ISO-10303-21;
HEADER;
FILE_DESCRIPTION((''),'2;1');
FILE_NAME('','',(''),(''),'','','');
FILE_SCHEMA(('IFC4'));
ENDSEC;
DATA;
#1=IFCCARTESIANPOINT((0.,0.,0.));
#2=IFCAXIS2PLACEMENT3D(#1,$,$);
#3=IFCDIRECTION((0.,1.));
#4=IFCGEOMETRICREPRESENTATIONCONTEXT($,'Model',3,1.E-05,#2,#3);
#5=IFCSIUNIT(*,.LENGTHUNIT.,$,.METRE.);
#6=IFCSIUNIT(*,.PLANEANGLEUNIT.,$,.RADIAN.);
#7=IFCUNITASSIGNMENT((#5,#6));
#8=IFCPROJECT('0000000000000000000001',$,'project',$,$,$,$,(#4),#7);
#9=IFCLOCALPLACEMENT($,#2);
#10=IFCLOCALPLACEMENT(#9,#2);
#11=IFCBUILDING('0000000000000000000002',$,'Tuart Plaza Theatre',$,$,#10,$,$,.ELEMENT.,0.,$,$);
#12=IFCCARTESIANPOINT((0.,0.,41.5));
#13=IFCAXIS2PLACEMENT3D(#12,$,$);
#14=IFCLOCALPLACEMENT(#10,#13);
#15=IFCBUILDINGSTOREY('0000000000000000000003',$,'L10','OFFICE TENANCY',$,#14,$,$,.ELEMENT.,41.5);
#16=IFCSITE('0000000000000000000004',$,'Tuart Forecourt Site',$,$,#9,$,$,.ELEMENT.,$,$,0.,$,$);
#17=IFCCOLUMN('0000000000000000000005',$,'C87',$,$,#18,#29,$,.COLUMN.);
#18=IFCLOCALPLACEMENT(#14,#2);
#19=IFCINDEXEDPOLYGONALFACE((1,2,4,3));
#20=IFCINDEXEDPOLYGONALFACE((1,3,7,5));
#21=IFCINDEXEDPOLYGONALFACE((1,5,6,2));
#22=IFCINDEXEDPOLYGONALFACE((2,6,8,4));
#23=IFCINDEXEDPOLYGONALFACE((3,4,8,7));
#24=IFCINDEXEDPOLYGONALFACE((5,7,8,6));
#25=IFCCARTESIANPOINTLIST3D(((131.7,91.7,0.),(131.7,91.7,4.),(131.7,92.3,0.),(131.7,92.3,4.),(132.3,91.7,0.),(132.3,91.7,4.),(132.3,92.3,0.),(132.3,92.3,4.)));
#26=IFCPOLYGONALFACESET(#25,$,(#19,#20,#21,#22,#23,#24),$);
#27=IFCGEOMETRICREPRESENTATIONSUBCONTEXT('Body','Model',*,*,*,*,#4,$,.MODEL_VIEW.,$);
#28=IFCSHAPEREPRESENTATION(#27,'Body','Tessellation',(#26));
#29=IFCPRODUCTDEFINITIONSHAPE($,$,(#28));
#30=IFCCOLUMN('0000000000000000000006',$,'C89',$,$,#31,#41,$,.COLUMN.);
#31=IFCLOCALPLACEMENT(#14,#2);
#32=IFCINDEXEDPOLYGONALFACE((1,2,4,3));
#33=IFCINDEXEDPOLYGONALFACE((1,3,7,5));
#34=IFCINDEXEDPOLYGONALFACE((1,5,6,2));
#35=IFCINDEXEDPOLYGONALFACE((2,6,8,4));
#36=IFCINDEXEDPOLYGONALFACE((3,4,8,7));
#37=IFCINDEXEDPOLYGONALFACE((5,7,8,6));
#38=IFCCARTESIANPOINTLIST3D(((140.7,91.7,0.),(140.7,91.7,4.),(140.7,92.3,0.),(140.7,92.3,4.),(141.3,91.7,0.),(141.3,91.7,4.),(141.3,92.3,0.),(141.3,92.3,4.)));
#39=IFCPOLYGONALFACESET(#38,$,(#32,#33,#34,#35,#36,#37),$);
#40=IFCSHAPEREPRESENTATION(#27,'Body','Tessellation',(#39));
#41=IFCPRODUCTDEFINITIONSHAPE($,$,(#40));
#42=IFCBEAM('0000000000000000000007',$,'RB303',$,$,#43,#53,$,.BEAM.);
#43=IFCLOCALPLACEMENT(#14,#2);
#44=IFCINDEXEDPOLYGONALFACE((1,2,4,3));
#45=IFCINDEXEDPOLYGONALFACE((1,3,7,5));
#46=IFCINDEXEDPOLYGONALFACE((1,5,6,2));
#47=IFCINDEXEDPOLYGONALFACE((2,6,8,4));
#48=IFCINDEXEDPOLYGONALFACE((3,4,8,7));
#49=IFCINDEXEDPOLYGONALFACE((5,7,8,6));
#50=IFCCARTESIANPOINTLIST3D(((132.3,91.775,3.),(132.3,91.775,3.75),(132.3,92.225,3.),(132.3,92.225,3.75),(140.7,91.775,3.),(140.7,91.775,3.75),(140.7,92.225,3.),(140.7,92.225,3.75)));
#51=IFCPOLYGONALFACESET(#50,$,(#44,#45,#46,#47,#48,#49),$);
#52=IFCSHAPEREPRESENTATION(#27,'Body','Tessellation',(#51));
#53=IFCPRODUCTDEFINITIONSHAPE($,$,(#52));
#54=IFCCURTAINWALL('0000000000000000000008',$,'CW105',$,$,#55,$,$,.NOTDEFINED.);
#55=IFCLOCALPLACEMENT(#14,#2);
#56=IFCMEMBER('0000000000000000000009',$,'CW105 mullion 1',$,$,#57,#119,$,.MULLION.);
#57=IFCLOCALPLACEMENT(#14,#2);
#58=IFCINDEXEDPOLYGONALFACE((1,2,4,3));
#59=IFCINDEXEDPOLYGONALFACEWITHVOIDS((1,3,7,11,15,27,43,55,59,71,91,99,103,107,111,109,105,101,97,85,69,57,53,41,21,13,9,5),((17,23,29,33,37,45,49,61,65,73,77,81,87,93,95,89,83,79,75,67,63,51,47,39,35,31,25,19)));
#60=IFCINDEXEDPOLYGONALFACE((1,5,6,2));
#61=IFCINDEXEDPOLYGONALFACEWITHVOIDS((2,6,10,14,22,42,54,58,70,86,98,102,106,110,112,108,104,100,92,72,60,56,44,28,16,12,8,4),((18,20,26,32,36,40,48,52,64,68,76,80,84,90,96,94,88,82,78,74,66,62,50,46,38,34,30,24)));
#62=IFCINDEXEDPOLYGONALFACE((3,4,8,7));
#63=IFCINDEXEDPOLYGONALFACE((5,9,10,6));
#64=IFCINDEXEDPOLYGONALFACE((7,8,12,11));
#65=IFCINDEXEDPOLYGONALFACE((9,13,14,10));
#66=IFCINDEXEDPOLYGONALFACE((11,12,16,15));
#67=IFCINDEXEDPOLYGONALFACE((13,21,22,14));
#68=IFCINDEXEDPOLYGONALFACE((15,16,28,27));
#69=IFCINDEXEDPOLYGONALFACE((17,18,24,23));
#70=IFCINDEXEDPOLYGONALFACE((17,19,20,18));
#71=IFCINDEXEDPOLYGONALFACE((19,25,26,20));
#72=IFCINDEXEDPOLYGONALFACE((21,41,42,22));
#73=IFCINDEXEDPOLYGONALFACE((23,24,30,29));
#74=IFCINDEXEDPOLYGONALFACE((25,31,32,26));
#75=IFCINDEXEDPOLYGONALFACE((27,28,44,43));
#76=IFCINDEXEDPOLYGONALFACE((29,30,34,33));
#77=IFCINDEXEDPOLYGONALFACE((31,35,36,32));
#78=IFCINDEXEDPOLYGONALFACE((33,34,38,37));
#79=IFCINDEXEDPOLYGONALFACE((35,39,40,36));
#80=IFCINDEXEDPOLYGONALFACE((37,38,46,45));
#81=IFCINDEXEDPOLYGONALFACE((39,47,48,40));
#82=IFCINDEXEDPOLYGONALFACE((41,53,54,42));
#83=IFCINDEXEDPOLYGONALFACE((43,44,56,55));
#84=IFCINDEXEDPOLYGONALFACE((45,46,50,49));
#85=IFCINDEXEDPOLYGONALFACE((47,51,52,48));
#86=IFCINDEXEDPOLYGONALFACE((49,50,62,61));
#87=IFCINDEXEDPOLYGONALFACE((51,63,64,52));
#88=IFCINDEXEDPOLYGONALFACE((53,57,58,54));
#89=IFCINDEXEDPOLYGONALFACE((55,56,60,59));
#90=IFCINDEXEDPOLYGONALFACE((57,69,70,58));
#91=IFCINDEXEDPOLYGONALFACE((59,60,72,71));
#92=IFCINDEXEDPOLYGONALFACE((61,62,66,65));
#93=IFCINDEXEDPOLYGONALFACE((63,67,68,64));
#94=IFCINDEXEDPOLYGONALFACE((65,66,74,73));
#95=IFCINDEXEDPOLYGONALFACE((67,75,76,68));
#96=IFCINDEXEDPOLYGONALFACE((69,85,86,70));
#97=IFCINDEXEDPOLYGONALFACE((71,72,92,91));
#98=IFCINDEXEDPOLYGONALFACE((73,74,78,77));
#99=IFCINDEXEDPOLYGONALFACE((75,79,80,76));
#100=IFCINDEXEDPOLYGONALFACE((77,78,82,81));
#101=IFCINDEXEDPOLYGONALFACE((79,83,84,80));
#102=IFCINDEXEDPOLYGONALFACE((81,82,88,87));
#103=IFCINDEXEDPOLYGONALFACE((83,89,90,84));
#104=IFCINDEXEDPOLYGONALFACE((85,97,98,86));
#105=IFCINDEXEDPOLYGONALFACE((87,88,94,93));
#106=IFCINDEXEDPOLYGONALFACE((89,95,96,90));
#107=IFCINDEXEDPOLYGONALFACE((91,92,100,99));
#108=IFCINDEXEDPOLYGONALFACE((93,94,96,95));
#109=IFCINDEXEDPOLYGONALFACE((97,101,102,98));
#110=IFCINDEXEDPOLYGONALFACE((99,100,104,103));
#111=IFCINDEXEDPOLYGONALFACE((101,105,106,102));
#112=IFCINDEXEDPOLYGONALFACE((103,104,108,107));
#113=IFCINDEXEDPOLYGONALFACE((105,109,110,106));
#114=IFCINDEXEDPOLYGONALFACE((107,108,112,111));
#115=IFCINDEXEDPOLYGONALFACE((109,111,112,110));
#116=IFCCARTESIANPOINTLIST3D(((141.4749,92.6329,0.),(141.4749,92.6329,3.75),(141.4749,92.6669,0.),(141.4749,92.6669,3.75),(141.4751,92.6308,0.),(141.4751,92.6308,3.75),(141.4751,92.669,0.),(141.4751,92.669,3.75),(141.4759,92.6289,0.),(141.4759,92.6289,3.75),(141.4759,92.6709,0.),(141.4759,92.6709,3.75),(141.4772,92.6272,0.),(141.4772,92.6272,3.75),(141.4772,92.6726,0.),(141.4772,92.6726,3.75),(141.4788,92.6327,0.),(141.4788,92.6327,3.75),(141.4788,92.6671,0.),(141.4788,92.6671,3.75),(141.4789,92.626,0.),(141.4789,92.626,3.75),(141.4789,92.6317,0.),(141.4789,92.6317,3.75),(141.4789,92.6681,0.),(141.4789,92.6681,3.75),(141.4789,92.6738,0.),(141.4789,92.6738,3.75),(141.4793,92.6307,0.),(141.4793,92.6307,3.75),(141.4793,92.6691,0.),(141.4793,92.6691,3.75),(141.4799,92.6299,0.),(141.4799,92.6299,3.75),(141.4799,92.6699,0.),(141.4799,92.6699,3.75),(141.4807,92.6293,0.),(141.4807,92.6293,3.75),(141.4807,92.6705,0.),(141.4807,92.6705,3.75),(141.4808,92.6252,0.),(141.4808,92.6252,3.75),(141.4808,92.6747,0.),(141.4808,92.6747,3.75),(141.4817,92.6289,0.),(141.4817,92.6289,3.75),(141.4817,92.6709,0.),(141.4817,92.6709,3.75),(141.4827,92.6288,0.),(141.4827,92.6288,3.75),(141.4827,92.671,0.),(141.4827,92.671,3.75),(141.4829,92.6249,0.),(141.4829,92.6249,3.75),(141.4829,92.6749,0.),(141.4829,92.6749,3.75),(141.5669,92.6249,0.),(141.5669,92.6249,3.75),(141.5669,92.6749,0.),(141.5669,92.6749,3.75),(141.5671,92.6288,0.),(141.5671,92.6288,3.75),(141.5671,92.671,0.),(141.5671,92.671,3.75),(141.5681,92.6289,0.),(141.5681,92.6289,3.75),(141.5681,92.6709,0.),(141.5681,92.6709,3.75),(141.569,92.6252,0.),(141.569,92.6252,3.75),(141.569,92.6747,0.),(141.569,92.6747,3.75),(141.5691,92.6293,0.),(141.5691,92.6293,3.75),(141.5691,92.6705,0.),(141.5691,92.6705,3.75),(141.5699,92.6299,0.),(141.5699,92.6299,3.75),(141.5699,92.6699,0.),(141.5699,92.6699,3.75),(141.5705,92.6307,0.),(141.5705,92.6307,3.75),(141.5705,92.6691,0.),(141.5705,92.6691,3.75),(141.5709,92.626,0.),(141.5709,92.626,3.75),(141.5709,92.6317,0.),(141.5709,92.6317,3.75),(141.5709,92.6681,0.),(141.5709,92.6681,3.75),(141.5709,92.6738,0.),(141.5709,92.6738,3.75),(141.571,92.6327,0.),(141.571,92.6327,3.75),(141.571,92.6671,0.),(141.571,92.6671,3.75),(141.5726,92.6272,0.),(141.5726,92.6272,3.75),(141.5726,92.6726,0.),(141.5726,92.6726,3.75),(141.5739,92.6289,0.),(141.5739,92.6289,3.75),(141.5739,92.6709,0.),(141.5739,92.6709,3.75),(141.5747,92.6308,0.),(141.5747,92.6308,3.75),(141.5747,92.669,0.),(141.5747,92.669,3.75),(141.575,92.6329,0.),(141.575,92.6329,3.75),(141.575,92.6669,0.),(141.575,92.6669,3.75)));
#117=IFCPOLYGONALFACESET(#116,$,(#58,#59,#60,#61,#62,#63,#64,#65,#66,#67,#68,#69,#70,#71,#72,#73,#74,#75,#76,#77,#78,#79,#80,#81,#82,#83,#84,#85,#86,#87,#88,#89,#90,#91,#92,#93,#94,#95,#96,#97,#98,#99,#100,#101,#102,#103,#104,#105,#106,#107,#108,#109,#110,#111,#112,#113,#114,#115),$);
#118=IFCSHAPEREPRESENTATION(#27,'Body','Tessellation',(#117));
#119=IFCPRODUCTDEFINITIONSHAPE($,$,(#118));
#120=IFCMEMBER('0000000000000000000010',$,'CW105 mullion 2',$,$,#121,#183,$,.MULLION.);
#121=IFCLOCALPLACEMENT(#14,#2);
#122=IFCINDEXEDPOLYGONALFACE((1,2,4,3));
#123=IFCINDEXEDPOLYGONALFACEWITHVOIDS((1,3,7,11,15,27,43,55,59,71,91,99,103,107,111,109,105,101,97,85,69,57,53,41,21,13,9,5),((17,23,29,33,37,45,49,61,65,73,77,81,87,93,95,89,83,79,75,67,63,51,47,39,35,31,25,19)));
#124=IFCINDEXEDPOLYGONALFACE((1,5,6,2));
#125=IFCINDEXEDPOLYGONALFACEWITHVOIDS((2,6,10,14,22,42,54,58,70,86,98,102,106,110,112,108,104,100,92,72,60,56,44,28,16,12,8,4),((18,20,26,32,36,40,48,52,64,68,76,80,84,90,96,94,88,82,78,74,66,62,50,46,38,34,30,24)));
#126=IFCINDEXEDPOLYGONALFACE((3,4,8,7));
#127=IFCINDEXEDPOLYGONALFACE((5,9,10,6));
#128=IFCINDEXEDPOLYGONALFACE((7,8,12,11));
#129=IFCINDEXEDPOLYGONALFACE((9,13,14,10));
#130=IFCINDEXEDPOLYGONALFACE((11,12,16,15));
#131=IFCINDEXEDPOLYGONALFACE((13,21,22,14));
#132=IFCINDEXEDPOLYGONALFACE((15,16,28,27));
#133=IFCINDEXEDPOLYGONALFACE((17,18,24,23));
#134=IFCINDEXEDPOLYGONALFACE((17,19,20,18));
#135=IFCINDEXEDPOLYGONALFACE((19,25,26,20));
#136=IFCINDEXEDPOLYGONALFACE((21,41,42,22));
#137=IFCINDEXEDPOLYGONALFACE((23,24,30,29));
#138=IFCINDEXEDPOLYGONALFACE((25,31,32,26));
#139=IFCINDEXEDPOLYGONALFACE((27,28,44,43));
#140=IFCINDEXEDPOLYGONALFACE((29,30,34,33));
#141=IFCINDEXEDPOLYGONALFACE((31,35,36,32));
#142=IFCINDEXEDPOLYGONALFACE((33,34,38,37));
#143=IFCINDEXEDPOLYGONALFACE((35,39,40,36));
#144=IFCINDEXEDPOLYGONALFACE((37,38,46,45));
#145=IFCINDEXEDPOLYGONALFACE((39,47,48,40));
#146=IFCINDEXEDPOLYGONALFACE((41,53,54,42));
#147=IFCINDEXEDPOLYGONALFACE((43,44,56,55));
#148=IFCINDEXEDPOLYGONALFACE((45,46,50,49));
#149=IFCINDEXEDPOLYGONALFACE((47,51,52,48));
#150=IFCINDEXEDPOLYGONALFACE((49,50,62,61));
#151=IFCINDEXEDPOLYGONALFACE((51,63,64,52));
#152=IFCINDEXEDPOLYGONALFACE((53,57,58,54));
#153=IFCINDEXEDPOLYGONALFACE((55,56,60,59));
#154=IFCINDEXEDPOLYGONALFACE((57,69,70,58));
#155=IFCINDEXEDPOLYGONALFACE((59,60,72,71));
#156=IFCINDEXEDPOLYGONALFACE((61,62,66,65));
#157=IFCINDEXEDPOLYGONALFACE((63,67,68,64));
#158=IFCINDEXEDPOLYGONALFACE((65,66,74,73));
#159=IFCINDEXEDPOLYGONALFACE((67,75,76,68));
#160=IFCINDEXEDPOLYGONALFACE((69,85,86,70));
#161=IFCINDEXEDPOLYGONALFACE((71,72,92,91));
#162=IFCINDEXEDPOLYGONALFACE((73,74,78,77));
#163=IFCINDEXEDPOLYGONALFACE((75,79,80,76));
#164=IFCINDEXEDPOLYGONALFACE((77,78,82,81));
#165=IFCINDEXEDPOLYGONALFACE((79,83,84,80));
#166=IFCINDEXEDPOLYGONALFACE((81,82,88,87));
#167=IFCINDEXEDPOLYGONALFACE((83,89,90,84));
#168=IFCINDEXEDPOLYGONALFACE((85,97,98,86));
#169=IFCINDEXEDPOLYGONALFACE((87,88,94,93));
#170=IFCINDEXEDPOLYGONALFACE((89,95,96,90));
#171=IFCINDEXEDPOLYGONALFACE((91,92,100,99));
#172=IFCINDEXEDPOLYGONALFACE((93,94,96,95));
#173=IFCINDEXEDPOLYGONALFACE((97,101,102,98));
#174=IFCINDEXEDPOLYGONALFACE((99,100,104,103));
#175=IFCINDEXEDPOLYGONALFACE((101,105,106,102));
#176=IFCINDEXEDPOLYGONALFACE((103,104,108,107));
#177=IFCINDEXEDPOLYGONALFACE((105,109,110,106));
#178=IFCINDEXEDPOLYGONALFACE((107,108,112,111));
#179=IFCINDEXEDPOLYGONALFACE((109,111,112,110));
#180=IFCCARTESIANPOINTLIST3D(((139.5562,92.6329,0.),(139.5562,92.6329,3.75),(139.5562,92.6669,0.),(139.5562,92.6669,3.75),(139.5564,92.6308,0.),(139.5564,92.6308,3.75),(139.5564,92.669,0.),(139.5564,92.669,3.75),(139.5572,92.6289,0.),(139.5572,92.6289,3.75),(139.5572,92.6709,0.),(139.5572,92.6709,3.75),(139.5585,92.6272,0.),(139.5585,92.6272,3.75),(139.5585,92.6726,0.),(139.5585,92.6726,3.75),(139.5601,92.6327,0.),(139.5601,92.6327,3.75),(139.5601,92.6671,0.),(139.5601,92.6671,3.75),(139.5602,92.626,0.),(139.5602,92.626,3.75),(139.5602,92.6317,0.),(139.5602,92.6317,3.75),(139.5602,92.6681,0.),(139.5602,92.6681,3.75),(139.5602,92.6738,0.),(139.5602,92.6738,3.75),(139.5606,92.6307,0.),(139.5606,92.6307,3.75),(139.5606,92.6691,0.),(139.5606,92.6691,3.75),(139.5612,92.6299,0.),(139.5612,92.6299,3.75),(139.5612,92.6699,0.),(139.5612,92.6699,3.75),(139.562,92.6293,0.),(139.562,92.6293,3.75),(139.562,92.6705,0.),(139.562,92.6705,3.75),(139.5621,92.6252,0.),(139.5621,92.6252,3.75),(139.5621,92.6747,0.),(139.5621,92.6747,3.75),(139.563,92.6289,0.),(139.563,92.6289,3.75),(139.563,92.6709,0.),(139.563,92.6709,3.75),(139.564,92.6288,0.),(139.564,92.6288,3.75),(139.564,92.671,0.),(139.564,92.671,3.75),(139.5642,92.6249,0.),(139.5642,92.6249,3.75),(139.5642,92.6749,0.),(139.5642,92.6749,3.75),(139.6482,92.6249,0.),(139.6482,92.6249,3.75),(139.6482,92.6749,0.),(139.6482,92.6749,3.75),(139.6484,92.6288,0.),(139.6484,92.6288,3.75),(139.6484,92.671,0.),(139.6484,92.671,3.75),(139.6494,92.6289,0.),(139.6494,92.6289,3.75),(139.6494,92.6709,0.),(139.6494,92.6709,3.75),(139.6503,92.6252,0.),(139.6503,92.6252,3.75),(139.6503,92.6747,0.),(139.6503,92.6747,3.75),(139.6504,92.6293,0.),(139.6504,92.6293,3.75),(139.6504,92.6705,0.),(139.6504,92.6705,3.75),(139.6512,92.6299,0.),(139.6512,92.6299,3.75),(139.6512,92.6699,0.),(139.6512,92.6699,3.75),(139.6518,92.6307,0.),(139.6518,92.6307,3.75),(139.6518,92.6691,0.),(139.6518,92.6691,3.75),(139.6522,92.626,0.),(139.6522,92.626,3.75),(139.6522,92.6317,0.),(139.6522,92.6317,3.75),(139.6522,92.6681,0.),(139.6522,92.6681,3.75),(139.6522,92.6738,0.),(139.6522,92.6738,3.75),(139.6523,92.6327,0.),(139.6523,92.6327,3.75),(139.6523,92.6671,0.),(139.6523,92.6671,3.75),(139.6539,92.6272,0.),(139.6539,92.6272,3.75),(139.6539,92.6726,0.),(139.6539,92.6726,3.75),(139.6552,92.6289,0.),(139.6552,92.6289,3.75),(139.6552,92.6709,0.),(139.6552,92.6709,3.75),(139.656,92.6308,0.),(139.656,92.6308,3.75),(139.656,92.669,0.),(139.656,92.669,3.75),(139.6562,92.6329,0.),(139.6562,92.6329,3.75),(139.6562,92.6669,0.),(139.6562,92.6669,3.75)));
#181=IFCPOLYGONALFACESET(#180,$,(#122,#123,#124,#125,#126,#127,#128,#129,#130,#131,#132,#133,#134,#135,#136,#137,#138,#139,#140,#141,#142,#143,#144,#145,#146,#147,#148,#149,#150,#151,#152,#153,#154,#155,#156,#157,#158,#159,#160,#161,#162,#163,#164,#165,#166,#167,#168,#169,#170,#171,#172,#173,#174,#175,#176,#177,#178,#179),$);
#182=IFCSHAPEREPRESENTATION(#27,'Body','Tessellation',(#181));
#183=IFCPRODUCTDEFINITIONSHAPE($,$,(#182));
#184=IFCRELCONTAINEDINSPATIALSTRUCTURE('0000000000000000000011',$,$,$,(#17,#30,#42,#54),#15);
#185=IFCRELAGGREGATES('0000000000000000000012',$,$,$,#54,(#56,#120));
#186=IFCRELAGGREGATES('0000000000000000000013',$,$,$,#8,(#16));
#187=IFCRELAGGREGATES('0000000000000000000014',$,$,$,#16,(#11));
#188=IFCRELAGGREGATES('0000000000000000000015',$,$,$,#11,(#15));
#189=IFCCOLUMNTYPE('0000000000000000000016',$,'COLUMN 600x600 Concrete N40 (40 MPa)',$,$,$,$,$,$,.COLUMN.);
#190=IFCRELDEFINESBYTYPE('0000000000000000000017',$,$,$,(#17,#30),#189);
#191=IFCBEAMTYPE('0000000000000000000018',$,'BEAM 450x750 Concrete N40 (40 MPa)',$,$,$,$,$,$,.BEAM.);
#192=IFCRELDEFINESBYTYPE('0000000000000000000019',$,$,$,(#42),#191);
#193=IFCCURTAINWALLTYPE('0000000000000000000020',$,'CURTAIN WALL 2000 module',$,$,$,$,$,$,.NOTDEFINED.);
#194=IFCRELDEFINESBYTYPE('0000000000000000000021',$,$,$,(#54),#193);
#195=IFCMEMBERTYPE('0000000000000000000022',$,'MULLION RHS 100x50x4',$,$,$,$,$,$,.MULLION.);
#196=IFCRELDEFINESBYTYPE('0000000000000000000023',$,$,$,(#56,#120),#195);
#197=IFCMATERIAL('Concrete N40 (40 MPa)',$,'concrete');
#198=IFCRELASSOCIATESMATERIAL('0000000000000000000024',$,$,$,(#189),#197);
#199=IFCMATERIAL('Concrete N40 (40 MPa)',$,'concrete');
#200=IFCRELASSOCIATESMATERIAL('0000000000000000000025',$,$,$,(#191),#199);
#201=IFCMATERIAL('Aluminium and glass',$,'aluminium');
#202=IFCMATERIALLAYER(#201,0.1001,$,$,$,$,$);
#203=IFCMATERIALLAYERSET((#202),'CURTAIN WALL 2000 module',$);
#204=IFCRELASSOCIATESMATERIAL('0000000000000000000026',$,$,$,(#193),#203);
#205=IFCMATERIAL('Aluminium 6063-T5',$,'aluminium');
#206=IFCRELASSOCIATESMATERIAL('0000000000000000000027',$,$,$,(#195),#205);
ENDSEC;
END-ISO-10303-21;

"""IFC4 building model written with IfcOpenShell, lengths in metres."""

from ifc_helpers import new_model, si_unit, direction, frame, origin, origin_2d, place, context, subcontext, project, spatial, rectangle, hollow_rectangle, extrude, material, layer, layer_set, material_profile, profile_set, type_object, element, aggregate, save


model = new_model("IFC4")

# Units and contexts
model_context = context("Model", 3, precision=1e-05, world=origin(), true_north=direction((0.0, 1.0)))
body_context = subcontext(model_context, "Body", "Model", "MODEL_VIEW")
ifc_project = project(units=[si_unit("LENGTHUNIT", "METRE"), si_unit("PLANEANGLEUNIT", "RADIAN")], contexts=[model_context])

# Site, building, storey
site_placement = place(None, origin())
site = spatial("IfcSite", under=ifc_project, at=site_placement, Name="Tuart Forecourt Site", CompositionType="ELEMENT", RefElevation=0.0)
building_placement = place(site_placement, origin())
building = spatial("IfcBuilding", under=site, at=building_placement, Name="Tuart Plaza Theatre", CompositionType="ELEMENT", ElevationOfRefHeight=0.0)
storey_placement = place(building_placement, frame((0.0, 0.0, 41.5)))
storey = spatial("IfcBuildingStorey", under=building, at=storey_placement, Name="L10", Description="OFFICE TENANCY", CompositionType="ELEMENT", Elevation=41.5)

# Columns
ifc_material_1 = material(Name="Concrete N40 (40 MPa)", Category="concrete")
ifc_material_profile_1 = material_profile(ifc_material_1, rectangle(XDim=0.6001, YDim=0.6001, at=origin_2d()), Name="COLUMN 600x600 Concrete N40 (40 MPa)")
ifc_profile_set_1 = profile_set([ifc_material_profile_1], Name="Concrete N40 (40 MPa)")
column_type = type_object("IfcColumnType", Name="COLUMN 600x600 Concrete N40 (40 MPa)", PredefinedType="COLUMN", material=ifc_profile_set_1)
for number, where, z_axis, x_axis, name in (
    (1, (132.0, 92.0, 0.0), (0.0, 0.0, 1.0), (1.0, 0.0, 0.0), "C87"),
    (2, (141.0, 92.0, 0.0), (0.0, 0.0, 1.0), (1.0, 0.0, 0.0), "C89"),
):
    element("IfcColumn", number, at=place(storey_placement, frame(where, z_axis=z_axis, x_axis=x_axis)), inside=storey, type_object=column_type, Name=name, PredefinedType="COLUMN", context=body_context, shape_type="SweptSolid", body=[
        extrude(rectangle(XDim=0.6001, YDim=0.6001, at=origin_2d()), origin(), (0.0, 0.0, 1.0), 4.0),
    ])

# Beam
ifc_material_2 = material(Name="Concrete N40 (40 MPa)", Category="concrete")
ifc_material_profile_2 = material_profile(ifc_material_2, rectangle(XDim=0.45, YDim=0.75, at=origin_2d()), Name="BEAM 450x750 Concrete N40 (40 MPa)")
ifc_profile_set_2 = profile_set([ifc_material_profile_2], Name="Concrete N40 (40 MPa)")
beam_type = type_object("IfcBeamType", Name="BEAM 450x750 Concrete N40 (40 MPa)", PredefinedType="BEAM", material=ifc_profile_set_2)
beam_placement = place(storey_placement, frame((132.3, 92.0, 3.375), z_axis=(1.0, 0.0, 0.0), x_axis=(0.0, 1.0, 0.0)))
element("IfcBeam", 3, at=beam_placement, inside=storey, type_object=beam_type, Name="RB303", PredefinedType="BEAM", context=body_context, shape_type="SweptSolid", body=[
    extrude(rectangle(XDim=0.45, YDim=0.75, at=origin_2d()), origin(), (0.0, 0.0, 1.0), 8.3999),
])

# Curtain wall, members
ifc_material_3 = material(Name="Aluminium and glass", Category="aluminium")
ifc_layer_1 = layer(ifc_material_3, 0.1001)
ifc_layer_set_1 = layer_set([ifc_layer_1], Name="CURTAIN WALL 2000 module")
curtain_wall_type = type_object("IfcCurtainWallType", Name="CURTAIN WALL 2000 module", PredefinedType="NOTDEFINED", material=ifc_layer_set_1)
curtain_wall_placement = place(storey_placement, origin())
curtain_wall = element("IfcCurtainWall", 4, at=curtain_wall_placement, inside=storey, type_object=curtain_wall_type, Name="CW105", PredefinedType="NOTDEFINED")
ifc_material_4 = material(Name="Aluminium 6063-T5", Category="aluminium")
ifc_material_profile_3 = material_profile(ifc_material_4, hollow_rectangle(XDim=0.05, YDim=0.1001, WallThickness=0.0039, InnerFilletRadius=0.0039, OuterFilletRadius=0.0081, at=origin_2d()), Name="RHS 100x50x4")
ifc_profile_set_3 = profile_set([ifc_material_profile_3], Name="Aluminium 6063-T5")
member_type_1 = type_object("IfcMemberType", Name="MULLION RHS 100x50x4", PredefinedType="MULLION", material=ifc_profile_set_3)
member_1_placement = place(storey_placement, frame((141.5249, 92.6499, 0.0), z_axis=(0.0, 0.0, 1.0), x_axis=(0.0, -1.0, 0.0)))
member_1 = element("IfcMember", 5, at=member_1_placement, type_object=member_type_1, Name="CW105 mullion 1", PredefinedType="MULLION", context=body_context, shape_type="SweptSolid", body=[
    extrude(hollow_rectangle(XDim=0.05, YDim=0.1001, WallThickness=0.0039, InnerFilletRadius=0.0039, OuterFilletRadius=0.0081, at=origin_2d()), origin(), (0.0, 0.0, 1.0), 3.75),
])
member_2_placement = place(storey_placement, frame((139.6062, 92.6499, 0.0), z_axis=(0.0, 0.0, 1.0), x_axis=(0.0, -1.0, 0.0)))
member_2 = element("IfcMember", 6, at=member_2_placement, type_object=member_type_1, Name="CW105 mullion 2", PredefinedType="MULLION", context=body_context, shape_type="SweptSolid", body=[
    extrude(hollow_rectangle(XDim=0.05, YDim=0.1001, WallThickness=0.0039, InnerFilletRadius=0.0039, OuterFilletRadius=0.0081, at=origin_2d()), origin(), (0.0, 0.0, 1.0), 3.75),
])
aggregate(curtain_wall, [member_1, member_2])

save(model, "model.ifc")
